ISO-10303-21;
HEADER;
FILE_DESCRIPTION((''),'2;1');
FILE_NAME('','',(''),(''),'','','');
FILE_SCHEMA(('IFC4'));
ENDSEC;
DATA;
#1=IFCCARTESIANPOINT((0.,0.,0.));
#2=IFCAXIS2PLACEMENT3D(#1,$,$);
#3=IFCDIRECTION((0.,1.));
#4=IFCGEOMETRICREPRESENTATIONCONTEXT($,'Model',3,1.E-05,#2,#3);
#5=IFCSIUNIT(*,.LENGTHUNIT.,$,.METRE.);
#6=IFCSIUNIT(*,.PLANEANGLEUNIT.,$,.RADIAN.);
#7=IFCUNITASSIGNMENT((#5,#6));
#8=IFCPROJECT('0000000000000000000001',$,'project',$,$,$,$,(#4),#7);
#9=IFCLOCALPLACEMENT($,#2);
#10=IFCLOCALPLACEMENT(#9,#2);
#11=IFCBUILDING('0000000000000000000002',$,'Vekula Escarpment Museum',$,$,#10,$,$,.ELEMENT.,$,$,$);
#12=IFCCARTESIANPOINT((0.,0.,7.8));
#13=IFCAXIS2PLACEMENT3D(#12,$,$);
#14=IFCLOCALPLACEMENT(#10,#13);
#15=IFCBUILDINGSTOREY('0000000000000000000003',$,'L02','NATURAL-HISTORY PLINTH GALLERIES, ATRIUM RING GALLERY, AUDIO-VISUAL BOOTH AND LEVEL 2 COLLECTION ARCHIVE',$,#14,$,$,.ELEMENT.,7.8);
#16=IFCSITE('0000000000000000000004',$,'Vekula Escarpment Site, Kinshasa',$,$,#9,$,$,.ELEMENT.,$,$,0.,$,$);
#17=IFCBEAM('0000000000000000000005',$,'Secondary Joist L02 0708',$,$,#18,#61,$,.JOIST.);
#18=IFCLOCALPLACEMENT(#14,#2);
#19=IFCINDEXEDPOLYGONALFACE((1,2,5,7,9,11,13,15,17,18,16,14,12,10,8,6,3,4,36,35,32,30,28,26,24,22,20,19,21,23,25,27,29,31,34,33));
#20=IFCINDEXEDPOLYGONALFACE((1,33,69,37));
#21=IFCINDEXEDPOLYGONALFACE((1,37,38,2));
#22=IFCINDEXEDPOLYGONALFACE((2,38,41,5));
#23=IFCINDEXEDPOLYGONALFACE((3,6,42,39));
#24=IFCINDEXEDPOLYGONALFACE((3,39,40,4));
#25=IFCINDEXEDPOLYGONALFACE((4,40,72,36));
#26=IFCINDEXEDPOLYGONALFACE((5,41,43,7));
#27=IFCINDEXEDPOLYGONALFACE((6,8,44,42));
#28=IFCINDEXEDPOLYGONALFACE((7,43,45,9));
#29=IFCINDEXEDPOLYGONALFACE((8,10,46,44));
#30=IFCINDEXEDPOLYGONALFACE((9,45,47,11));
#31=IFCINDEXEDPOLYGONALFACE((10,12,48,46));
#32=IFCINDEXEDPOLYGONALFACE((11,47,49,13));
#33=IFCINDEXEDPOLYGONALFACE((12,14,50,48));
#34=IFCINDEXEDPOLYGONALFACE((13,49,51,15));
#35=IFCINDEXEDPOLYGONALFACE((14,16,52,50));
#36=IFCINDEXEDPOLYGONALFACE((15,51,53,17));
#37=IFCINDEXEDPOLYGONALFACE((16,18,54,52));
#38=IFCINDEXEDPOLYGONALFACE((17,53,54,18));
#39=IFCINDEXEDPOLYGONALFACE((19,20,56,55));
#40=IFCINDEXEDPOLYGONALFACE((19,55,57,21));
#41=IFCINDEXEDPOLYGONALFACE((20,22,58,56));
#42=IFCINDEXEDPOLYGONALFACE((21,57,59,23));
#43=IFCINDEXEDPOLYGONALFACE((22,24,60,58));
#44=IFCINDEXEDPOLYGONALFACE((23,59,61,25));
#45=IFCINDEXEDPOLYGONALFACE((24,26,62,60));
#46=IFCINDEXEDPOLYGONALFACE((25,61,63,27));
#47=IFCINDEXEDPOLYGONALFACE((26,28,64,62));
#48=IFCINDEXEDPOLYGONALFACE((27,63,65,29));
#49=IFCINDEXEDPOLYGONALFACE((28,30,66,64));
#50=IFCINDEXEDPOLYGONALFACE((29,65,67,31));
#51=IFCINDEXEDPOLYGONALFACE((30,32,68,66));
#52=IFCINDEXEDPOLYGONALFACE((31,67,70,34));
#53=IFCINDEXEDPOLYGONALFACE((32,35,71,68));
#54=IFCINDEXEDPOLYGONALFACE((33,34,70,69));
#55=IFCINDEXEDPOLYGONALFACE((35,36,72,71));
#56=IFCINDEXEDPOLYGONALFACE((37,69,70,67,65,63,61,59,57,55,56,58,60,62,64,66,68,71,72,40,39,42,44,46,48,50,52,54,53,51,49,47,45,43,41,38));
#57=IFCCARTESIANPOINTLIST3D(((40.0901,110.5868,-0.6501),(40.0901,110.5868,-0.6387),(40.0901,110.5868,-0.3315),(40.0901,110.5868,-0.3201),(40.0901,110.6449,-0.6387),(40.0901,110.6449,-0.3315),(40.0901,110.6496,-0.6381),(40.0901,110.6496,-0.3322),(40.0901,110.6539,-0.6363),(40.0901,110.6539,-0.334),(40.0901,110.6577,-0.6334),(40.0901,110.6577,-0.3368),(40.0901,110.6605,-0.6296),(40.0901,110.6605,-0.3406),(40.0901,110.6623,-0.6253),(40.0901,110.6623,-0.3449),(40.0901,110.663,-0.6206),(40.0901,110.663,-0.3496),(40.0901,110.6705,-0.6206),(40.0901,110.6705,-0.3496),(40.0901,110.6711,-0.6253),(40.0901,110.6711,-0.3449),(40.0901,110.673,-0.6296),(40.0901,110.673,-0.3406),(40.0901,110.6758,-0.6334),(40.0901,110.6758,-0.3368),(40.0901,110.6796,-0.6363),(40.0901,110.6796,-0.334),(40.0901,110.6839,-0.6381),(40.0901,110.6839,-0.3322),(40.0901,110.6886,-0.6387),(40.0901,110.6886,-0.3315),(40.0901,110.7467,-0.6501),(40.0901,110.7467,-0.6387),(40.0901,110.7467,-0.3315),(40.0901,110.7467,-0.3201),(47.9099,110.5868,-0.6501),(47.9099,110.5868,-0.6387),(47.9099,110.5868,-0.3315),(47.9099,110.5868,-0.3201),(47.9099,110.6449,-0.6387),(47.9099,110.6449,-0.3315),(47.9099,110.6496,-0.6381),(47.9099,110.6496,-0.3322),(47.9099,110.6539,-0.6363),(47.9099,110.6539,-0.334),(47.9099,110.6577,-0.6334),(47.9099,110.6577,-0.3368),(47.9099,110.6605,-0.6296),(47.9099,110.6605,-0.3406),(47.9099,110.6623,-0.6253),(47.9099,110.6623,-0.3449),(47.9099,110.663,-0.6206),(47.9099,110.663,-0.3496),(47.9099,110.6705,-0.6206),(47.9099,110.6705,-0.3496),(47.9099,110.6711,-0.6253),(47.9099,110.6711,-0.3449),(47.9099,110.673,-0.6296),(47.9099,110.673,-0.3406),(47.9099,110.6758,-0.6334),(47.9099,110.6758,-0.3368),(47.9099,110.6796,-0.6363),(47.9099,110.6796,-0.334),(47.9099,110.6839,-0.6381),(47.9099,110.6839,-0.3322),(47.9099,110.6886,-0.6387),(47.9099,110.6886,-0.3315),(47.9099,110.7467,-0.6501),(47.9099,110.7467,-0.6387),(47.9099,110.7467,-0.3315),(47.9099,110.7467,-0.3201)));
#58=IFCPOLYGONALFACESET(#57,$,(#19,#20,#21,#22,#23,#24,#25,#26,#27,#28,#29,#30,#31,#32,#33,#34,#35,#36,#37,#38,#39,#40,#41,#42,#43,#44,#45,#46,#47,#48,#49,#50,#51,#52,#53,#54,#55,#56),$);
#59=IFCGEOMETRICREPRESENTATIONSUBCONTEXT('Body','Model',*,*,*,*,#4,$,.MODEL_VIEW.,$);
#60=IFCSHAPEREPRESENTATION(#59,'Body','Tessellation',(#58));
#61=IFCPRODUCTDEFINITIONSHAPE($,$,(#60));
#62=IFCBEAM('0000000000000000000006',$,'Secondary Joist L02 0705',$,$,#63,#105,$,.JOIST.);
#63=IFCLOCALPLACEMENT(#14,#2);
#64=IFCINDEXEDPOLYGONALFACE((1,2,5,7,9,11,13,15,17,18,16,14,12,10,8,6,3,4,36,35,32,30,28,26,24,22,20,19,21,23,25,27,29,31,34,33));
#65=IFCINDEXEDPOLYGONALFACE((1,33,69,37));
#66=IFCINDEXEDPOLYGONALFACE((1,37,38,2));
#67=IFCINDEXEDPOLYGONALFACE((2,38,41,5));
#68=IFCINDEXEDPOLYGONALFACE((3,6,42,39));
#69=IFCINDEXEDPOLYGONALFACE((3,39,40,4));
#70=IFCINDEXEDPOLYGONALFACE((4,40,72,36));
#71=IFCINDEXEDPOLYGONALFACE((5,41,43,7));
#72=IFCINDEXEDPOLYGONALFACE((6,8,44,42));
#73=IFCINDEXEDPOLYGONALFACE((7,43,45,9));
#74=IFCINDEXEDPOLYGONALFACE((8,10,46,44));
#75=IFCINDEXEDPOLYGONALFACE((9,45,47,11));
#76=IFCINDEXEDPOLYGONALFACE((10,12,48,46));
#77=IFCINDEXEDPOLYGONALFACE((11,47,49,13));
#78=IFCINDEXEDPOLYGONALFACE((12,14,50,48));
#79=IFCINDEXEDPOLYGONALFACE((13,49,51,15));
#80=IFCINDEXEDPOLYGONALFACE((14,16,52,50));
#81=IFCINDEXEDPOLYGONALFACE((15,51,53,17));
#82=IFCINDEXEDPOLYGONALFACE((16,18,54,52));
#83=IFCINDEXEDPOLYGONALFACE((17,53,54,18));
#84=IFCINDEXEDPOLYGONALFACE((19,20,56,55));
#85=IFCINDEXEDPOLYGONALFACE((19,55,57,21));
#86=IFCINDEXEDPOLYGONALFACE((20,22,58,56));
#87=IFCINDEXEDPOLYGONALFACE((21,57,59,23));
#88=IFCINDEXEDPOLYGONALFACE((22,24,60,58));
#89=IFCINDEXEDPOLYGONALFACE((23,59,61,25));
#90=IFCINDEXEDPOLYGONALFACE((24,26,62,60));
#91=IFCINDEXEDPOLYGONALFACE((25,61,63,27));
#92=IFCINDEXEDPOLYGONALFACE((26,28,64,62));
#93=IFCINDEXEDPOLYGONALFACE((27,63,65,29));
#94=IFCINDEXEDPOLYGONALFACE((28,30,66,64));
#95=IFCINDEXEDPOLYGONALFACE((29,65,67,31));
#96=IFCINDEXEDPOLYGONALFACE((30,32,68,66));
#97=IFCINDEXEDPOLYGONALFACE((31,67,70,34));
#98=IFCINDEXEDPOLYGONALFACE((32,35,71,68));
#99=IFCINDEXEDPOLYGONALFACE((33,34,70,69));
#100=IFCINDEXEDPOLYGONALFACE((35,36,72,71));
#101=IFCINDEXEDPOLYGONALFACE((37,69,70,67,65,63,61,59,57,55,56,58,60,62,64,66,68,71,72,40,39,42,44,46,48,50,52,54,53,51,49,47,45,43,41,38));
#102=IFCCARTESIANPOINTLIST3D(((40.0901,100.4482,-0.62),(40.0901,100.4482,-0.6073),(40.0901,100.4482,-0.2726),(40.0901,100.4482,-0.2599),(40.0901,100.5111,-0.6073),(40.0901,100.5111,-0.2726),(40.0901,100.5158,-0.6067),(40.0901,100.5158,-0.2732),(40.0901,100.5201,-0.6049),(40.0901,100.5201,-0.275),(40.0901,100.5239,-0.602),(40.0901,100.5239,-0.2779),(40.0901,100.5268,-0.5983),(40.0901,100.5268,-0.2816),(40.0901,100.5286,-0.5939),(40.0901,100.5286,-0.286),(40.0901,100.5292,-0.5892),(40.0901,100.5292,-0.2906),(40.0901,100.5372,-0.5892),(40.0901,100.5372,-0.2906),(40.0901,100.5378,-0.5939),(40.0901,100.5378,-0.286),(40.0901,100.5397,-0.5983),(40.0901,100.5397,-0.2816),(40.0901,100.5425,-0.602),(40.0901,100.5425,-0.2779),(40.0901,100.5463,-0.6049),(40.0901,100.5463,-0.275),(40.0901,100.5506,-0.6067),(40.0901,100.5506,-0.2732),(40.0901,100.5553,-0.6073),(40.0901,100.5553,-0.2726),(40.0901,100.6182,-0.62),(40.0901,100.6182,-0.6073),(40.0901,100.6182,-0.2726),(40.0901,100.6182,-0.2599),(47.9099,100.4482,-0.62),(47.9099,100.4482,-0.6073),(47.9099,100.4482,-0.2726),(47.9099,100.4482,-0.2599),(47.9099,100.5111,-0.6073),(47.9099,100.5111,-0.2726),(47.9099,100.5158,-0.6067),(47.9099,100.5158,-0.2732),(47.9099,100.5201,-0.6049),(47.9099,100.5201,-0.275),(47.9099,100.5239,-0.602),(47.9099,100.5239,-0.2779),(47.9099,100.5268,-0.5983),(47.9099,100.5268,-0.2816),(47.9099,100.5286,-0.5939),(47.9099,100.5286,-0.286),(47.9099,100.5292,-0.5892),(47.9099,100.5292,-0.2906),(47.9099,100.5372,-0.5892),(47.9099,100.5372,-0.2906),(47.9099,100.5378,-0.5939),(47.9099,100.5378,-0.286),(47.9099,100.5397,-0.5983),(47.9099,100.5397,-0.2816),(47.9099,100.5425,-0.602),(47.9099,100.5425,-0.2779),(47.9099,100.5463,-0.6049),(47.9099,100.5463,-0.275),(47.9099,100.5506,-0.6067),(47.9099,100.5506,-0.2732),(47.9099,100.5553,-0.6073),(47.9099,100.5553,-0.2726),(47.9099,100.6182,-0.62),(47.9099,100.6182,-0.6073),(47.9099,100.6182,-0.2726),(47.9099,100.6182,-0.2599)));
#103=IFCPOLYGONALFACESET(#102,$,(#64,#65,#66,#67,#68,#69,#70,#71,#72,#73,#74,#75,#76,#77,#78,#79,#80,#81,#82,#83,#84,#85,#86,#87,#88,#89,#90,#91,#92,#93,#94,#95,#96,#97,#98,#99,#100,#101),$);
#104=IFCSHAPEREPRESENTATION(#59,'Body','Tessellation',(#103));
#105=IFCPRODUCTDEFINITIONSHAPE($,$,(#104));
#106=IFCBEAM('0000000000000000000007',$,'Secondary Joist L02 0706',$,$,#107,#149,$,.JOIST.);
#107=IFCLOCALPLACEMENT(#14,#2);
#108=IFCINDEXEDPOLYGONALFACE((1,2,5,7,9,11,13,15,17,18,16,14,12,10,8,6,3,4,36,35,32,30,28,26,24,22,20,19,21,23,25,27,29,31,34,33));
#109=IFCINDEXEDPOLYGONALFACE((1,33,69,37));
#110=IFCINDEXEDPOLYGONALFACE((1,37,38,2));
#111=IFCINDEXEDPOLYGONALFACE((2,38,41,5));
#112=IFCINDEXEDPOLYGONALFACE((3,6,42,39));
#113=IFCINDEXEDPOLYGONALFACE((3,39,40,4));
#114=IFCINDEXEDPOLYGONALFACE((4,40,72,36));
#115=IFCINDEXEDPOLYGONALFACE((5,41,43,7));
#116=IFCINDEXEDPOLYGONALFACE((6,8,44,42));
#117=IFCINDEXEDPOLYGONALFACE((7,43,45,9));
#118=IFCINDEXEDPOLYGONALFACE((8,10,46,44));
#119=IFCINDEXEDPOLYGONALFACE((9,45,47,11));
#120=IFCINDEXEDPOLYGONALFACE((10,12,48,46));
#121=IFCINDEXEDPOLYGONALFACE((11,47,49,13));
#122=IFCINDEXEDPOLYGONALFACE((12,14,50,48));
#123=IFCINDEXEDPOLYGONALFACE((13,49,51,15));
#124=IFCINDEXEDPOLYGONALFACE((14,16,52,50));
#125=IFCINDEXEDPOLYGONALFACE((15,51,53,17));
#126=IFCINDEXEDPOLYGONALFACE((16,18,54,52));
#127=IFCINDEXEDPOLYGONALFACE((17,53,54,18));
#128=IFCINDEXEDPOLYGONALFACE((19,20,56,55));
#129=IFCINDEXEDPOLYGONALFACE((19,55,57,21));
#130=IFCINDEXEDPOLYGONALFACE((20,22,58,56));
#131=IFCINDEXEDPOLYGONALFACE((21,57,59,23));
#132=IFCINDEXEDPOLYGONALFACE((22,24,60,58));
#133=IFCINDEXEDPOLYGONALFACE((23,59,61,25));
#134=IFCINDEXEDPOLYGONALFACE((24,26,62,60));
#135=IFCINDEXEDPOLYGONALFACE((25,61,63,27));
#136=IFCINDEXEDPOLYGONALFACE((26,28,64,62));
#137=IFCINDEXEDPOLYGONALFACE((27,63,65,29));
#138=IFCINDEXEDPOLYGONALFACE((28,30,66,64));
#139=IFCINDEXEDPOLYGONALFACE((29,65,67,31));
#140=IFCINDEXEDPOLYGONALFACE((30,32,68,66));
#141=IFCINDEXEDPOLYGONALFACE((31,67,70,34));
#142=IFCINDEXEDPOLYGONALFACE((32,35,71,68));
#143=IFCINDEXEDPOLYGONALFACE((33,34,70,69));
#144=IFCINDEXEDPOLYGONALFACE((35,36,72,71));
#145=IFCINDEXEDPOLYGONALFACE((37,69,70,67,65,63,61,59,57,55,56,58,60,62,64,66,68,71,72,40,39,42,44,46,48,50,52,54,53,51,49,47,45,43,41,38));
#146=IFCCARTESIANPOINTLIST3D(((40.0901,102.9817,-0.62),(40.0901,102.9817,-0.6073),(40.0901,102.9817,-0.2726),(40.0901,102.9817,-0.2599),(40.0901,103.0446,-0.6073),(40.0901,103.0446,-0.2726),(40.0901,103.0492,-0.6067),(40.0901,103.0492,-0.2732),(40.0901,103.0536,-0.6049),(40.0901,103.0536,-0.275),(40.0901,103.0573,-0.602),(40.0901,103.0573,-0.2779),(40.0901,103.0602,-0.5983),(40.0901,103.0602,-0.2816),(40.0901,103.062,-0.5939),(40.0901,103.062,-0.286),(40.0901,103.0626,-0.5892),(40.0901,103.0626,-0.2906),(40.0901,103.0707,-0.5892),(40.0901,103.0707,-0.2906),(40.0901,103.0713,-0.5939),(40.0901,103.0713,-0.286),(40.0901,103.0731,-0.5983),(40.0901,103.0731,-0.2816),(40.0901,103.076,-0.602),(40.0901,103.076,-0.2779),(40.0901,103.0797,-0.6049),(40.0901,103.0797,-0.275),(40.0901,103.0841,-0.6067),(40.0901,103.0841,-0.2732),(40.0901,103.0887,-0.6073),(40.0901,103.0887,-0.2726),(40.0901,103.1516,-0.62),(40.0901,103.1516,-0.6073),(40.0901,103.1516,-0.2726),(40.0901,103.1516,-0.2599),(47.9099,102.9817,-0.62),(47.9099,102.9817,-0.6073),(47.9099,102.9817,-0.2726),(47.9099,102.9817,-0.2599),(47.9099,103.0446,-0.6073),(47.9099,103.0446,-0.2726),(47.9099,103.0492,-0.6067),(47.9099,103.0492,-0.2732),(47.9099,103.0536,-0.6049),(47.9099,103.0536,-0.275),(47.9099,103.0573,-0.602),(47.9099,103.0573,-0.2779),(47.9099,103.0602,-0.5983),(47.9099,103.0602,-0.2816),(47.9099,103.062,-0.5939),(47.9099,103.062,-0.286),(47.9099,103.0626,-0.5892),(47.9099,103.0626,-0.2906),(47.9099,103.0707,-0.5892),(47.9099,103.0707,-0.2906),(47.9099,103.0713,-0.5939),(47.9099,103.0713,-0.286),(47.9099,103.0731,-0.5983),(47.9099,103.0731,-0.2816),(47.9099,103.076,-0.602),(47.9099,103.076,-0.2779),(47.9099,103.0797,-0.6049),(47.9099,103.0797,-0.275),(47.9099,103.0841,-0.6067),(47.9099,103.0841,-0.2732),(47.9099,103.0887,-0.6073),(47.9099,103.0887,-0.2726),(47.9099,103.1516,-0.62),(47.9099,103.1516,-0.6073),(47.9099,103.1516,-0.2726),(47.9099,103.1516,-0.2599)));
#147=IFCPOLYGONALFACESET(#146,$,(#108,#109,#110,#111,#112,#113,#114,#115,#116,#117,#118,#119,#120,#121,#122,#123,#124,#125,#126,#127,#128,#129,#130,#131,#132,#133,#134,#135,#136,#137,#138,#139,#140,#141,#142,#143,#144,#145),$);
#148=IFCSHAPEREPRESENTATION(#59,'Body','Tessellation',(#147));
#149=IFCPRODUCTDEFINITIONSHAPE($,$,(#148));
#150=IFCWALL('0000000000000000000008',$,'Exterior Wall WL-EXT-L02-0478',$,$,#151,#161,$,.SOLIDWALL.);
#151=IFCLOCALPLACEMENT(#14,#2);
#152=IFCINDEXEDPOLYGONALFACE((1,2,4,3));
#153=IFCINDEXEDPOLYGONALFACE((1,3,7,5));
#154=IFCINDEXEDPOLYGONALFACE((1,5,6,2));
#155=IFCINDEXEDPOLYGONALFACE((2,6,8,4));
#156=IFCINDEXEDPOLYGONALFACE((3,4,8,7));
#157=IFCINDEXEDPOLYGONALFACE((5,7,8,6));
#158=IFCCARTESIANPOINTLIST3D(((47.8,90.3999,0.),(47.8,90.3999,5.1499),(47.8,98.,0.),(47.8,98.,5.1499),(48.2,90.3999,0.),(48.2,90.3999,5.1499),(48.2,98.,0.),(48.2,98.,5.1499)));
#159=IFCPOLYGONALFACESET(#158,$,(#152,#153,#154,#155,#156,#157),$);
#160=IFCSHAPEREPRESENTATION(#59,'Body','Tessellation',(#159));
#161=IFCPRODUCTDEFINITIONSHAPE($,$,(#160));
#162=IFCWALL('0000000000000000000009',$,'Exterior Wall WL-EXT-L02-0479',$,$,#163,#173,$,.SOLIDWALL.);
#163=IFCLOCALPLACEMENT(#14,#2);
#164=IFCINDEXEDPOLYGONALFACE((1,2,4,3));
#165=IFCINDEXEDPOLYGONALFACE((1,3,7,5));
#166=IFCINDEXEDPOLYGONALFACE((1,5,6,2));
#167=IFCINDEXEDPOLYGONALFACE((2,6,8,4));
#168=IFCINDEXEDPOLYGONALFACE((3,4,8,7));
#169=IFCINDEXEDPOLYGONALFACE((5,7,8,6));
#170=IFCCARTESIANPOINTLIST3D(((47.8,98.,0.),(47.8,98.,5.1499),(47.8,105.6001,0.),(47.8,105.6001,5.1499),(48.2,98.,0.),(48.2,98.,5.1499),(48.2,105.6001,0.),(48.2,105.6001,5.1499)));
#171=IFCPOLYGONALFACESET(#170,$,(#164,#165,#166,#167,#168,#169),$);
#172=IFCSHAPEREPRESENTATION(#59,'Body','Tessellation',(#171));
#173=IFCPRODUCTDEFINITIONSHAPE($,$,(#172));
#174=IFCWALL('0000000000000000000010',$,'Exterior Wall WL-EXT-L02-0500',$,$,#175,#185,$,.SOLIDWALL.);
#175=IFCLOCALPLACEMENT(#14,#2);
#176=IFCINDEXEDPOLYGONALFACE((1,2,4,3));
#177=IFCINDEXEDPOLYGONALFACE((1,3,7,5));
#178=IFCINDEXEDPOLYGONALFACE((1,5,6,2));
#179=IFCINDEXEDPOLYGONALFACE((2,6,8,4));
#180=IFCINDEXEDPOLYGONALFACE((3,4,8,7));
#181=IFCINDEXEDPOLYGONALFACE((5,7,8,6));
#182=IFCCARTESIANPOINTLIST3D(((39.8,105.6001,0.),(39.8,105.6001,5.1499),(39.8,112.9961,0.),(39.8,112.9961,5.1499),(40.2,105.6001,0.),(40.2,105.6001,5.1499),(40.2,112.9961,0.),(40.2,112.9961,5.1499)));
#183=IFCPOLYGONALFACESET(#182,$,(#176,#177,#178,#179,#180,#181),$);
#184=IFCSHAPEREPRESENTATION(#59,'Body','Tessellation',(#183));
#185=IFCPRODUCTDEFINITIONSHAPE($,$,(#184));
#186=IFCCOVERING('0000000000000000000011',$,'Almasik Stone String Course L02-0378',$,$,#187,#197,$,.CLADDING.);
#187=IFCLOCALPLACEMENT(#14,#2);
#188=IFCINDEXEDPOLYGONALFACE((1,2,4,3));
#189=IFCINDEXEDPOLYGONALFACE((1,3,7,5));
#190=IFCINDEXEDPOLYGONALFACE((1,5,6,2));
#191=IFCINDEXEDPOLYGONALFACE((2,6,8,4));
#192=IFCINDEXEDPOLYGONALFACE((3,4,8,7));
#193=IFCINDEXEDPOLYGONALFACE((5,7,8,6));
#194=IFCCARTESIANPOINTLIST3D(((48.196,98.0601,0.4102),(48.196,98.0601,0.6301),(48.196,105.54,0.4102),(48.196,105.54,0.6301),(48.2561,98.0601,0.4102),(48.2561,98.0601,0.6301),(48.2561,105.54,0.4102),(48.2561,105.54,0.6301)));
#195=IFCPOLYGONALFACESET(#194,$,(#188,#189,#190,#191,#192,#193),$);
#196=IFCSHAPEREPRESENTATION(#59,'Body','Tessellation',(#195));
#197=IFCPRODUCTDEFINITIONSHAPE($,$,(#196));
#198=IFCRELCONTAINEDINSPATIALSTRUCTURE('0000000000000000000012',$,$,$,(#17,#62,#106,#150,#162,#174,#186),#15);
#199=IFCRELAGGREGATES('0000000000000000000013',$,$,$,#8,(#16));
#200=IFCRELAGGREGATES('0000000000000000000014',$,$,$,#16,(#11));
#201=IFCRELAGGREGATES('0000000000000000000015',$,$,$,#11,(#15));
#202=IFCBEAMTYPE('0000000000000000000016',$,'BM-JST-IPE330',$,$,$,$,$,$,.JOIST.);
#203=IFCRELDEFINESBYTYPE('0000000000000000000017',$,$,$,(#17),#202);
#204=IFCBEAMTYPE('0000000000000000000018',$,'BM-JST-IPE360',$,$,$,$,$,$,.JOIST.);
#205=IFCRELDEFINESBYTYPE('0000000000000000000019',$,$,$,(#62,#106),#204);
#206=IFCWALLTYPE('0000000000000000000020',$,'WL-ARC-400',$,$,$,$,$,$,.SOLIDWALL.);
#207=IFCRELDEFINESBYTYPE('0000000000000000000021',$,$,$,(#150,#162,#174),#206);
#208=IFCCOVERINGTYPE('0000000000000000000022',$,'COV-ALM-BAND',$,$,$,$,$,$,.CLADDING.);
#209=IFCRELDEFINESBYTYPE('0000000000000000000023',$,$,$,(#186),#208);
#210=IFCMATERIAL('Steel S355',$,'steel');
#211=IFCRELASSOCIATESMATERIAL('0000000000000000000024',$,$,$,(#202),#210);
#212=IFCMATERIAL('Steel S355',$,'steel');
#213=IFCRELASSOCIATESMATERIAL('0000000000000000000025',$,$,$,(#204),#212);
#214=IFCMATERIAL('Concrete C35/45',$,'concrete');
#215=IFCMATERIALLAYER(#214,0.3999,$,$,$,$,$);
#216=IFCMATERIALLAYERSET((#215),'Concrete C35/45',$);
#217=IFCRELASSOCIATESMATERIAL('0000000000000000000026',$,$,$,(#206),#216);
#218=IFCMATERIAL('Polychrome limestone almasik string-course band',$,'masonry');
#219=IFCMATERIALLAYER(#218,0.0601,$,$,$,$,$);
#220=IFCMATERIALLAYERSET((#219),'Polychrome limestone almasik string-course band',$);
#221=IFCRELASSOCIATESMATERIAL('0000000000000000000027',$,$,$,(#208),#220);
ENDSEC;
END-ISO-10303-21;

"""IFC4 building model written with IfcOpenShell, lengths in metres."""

from ifc_helpers import new_model, si_unit, direction, frame, frame_2d, origin, origin_2d, place, context, subcontext, project, spatial, rectangle, i_section, extrude, material, layer, layer_set, material_profile, profile_set, type_object, element, save


model = new_model("IFC4")

# Units and contexts
model_context = context("Model", 3, precision=1e-05, world=origin(), true_north=direction((0.0, 1.0)))
body_context = subcontext(model_context, "Body", "Model", "MODEL_VIEW")
ifc_project = project(units=[si_unit("LENGTHUNIT", "METRE"), si_unit("PLANEANGLEUNIT", "RADIAN")], contexts=[model_context])

# Site, building, storey
site_placement = place(None, origin())
site = spatial("IfcSite", under=ifc_project, at=site_placement, Name="Vekula Escarpment Site, Kinshasa", CompositionType="ELEMENT", RefElevation=0.0)
building_placement = place(site_placement, origin())
building = spatial("IfcBuilding", under=site, at=building_placement, Name="Vekula Escarpment Museum", CompositionType="ELEMENT")
storey_placement = place(building_placement, frame((0.0, 0.0, 7.8)))
storey = spatial("IfcBuildingStorey", under=building, at=storey_placement, Name="L02", Description="NATURAL-HISTORY PLINTH GALLERIES, ATRIUM RING GALLERY, AUDIO-VISUAL BOOTH AND LEVEL 2 COLLECTION ARCHIVE", CompositionType="ELEMENT", Elevation=7.8)

# Beams
ifc_material_1 = material(Name="Steel S355", Category="steel")
ifc_material_profile_1 = material_profile(ifc_material_1, i_section(OverallWidth=0.1599, OverallDepth=0.3301, WebThickness=0.0076, FlangeThickness=0.0115, FilletRadius=0.0181, at=origin_2d()), Name="IPE 330")
ifc_profile_set_1 = profile_set([ifc_material_profile_1], Name="Steel S355")
beam_type_1 = type_object("IfcBeamType", Name="BM-JST-IPE330", PredefinedType="JOIST", material=ifc_profile_set_1)
for number, where, z_axis, x_axis, name in (
    (1, (40.0901, 110.6667, -0.4851), (1.0, 0.0, 0.0), (0.0, 1.0, 0.0), "Secondary Joist L02 0708"),
):
    element("IfcBeam", number, at=place(storey_placement, frame(where, z_axis=z_axis, x_axis=x_axis)), inside=storey, type_object=beam_type_1, Name=name, PredefinedType="JOIST", context=body_context, shape_type="SweptSolid", body=[
        extrude(i_section(OverallWidth=0.1599, OverallDepth=0.3301, WebThickness=0.0076, FlangeThickness=0.0115, FilletRadius=0.0181, at=origin_2d()), origin(), (0.0, 0.0, 1.0), 7.8198),
    ])
ifc_material_2 = material(Name="Steel S355", Category="steel")
ifc_material_profile_2 = material_profile(ifc_material_2, i_section(OverallWidth=0.1699, OverallDepth=0.3601, WebThickness=0.0081, FlangeThickness=0.0127, FilletRadius=0.0181, at=origin_2d()), Name="IPE 360")
ifc_profile_set_2 = profile_set([ifc_material_profile_2], Name="Steel S355")
beam_type_2 = type_object("IfcBeamType", Name="BM-JST-IPE360", PredefinedType="JOIST", material=ifc_profile_set_2)
for number, where, z_axis, x_axis, name in (
    (2, (40.0901, 100.5332, -0.4399), (1.0, 0.0, 0.0), (0.0, 1.0, 0.0), "Secondary Joist L02 0705"),
    (3, (40.0901, 103.0667, -0.4399), (1.0, 0.0, 0.0), (0.0, 1.0, 0.0), "Secondary Joist L02 0706"),
):
    element("IfcBeam", number, at=place(storey_placement, frame(where, z_axis=z_axis, x_axis=x_axis)), inside=storey, type_object=beam_type_2, Name=name, PredefinedType="JOIST", context=body_context, shape_type="SweptSolid", body=[
        extrude(i_section(OverallWidth=0.1699, OverallDepth=0.3601, WebThickness=0.0081, FlangeThickness=0.0127, FilletRadius=0.0181, at=origin_2d()), origin(), (0.0, 0.0, 1.0), 7.8198),
    ])

# Walls
ifc_material_3 = material(Name="Concrete C35/45", Category="concrete")
ifc_layer_1 = layer(ifc_material_3, 0.3999)
ifc_layer_set_1 = layer_set([ifc_layer_1], Name="Concrete C35/45")
wall_type = type_object("IfcWallType", Name="WL-ARC-400", PredefinedType="SOLIDWALL", material=ifc_layer_set_1)
for number, where, z_axis, x_axis, name in (
    (4, (48.0, 98.0, 0.0), (0.0, 0.0, 1.0), (0.0, -1.0, 0.0), "Exterior Wall WL-EXT-L02-0478"),
    (5, (48.0, 105.6001, 0.0), (0.0, 0.0, 1.0), (0.0, -1.0, 0.0), "Exterior Wall WL-EXT-L02-0479"),
):
    element("IfcWall", number, at=place(storey_placement, frame(where, z_axis=z_axis, x_axis=x_axis)), inside=storey, type_object=wall_type, Name=name, PredefinedType="SOLIDWALL", context=body_context, shape_type="SweptSolid", body=[
        extrude(rectangle(XDim=7.6001, YDim=0.3999, at=frame_2d((3.8, 0.0))), origin(), (0.0, 0.0, 1.0), 5.1499),
    ])
wall_placement = place(storey_placement, frame((40.0, 105.6001, 0.0), z_axis=(0.0, 0.0, 1.0), x_axis=(0.0, 1.0, 0.0)))
element("IfcWall", 6, at=wall_placement, inside=storey, type_object=wall_type, Name="Exterior Wall WL-EXT-L02-0500", PredefinedType="SOLIDWALL", context=body_context, shape_type="SweptSolid", body=[
    extrude(rectangle(XDim=7.396, YDim=0.3999, at=frame_2d((3.698, 0.0))), origin(), (0.0, 0.0, 1.0), 5.1499),
])

# Covering
ifc_material_4 = material(Name="Polychrome limestone almasik string-course band", Category="masonry")
ifc_layer_2 = layer(ifc_material_4, 0.0601)
ifc_layer_set_2 = layer_set([ifc_layer_2], Name="Polychrome limestone almasik string-course band")
covering_type = type_object("IfcCoveringType", Name="COV-ALM-BAND", PredefinedType="CLADDING", material=ifc_layer_set_2)
for number, where, z_axis, x_axis, name in (
    (7, (48.2261, 101.8, 0.4102), (0.0, 0.0, 1.0), (0.0, 1.0, 0.0), "Almasik Stone String Course L02-0378"),
):
    element("IfcCovering", number, at=place(storey_placement, frame(where, z_axis=z_axis, x_axis=x_axis)), inside=storey, type_object=covering_type, Name=name, PredefinedType="CLADDING", context=body_context, shape_type="SweptSolid", body=[
        extrude(rectangle(XDim=7.48, YDim=0.0601, at=origin_2d()), origin(), (0.0, 0.0, 1.0), 0.22),
    ])

save(model, "model.ifc")
